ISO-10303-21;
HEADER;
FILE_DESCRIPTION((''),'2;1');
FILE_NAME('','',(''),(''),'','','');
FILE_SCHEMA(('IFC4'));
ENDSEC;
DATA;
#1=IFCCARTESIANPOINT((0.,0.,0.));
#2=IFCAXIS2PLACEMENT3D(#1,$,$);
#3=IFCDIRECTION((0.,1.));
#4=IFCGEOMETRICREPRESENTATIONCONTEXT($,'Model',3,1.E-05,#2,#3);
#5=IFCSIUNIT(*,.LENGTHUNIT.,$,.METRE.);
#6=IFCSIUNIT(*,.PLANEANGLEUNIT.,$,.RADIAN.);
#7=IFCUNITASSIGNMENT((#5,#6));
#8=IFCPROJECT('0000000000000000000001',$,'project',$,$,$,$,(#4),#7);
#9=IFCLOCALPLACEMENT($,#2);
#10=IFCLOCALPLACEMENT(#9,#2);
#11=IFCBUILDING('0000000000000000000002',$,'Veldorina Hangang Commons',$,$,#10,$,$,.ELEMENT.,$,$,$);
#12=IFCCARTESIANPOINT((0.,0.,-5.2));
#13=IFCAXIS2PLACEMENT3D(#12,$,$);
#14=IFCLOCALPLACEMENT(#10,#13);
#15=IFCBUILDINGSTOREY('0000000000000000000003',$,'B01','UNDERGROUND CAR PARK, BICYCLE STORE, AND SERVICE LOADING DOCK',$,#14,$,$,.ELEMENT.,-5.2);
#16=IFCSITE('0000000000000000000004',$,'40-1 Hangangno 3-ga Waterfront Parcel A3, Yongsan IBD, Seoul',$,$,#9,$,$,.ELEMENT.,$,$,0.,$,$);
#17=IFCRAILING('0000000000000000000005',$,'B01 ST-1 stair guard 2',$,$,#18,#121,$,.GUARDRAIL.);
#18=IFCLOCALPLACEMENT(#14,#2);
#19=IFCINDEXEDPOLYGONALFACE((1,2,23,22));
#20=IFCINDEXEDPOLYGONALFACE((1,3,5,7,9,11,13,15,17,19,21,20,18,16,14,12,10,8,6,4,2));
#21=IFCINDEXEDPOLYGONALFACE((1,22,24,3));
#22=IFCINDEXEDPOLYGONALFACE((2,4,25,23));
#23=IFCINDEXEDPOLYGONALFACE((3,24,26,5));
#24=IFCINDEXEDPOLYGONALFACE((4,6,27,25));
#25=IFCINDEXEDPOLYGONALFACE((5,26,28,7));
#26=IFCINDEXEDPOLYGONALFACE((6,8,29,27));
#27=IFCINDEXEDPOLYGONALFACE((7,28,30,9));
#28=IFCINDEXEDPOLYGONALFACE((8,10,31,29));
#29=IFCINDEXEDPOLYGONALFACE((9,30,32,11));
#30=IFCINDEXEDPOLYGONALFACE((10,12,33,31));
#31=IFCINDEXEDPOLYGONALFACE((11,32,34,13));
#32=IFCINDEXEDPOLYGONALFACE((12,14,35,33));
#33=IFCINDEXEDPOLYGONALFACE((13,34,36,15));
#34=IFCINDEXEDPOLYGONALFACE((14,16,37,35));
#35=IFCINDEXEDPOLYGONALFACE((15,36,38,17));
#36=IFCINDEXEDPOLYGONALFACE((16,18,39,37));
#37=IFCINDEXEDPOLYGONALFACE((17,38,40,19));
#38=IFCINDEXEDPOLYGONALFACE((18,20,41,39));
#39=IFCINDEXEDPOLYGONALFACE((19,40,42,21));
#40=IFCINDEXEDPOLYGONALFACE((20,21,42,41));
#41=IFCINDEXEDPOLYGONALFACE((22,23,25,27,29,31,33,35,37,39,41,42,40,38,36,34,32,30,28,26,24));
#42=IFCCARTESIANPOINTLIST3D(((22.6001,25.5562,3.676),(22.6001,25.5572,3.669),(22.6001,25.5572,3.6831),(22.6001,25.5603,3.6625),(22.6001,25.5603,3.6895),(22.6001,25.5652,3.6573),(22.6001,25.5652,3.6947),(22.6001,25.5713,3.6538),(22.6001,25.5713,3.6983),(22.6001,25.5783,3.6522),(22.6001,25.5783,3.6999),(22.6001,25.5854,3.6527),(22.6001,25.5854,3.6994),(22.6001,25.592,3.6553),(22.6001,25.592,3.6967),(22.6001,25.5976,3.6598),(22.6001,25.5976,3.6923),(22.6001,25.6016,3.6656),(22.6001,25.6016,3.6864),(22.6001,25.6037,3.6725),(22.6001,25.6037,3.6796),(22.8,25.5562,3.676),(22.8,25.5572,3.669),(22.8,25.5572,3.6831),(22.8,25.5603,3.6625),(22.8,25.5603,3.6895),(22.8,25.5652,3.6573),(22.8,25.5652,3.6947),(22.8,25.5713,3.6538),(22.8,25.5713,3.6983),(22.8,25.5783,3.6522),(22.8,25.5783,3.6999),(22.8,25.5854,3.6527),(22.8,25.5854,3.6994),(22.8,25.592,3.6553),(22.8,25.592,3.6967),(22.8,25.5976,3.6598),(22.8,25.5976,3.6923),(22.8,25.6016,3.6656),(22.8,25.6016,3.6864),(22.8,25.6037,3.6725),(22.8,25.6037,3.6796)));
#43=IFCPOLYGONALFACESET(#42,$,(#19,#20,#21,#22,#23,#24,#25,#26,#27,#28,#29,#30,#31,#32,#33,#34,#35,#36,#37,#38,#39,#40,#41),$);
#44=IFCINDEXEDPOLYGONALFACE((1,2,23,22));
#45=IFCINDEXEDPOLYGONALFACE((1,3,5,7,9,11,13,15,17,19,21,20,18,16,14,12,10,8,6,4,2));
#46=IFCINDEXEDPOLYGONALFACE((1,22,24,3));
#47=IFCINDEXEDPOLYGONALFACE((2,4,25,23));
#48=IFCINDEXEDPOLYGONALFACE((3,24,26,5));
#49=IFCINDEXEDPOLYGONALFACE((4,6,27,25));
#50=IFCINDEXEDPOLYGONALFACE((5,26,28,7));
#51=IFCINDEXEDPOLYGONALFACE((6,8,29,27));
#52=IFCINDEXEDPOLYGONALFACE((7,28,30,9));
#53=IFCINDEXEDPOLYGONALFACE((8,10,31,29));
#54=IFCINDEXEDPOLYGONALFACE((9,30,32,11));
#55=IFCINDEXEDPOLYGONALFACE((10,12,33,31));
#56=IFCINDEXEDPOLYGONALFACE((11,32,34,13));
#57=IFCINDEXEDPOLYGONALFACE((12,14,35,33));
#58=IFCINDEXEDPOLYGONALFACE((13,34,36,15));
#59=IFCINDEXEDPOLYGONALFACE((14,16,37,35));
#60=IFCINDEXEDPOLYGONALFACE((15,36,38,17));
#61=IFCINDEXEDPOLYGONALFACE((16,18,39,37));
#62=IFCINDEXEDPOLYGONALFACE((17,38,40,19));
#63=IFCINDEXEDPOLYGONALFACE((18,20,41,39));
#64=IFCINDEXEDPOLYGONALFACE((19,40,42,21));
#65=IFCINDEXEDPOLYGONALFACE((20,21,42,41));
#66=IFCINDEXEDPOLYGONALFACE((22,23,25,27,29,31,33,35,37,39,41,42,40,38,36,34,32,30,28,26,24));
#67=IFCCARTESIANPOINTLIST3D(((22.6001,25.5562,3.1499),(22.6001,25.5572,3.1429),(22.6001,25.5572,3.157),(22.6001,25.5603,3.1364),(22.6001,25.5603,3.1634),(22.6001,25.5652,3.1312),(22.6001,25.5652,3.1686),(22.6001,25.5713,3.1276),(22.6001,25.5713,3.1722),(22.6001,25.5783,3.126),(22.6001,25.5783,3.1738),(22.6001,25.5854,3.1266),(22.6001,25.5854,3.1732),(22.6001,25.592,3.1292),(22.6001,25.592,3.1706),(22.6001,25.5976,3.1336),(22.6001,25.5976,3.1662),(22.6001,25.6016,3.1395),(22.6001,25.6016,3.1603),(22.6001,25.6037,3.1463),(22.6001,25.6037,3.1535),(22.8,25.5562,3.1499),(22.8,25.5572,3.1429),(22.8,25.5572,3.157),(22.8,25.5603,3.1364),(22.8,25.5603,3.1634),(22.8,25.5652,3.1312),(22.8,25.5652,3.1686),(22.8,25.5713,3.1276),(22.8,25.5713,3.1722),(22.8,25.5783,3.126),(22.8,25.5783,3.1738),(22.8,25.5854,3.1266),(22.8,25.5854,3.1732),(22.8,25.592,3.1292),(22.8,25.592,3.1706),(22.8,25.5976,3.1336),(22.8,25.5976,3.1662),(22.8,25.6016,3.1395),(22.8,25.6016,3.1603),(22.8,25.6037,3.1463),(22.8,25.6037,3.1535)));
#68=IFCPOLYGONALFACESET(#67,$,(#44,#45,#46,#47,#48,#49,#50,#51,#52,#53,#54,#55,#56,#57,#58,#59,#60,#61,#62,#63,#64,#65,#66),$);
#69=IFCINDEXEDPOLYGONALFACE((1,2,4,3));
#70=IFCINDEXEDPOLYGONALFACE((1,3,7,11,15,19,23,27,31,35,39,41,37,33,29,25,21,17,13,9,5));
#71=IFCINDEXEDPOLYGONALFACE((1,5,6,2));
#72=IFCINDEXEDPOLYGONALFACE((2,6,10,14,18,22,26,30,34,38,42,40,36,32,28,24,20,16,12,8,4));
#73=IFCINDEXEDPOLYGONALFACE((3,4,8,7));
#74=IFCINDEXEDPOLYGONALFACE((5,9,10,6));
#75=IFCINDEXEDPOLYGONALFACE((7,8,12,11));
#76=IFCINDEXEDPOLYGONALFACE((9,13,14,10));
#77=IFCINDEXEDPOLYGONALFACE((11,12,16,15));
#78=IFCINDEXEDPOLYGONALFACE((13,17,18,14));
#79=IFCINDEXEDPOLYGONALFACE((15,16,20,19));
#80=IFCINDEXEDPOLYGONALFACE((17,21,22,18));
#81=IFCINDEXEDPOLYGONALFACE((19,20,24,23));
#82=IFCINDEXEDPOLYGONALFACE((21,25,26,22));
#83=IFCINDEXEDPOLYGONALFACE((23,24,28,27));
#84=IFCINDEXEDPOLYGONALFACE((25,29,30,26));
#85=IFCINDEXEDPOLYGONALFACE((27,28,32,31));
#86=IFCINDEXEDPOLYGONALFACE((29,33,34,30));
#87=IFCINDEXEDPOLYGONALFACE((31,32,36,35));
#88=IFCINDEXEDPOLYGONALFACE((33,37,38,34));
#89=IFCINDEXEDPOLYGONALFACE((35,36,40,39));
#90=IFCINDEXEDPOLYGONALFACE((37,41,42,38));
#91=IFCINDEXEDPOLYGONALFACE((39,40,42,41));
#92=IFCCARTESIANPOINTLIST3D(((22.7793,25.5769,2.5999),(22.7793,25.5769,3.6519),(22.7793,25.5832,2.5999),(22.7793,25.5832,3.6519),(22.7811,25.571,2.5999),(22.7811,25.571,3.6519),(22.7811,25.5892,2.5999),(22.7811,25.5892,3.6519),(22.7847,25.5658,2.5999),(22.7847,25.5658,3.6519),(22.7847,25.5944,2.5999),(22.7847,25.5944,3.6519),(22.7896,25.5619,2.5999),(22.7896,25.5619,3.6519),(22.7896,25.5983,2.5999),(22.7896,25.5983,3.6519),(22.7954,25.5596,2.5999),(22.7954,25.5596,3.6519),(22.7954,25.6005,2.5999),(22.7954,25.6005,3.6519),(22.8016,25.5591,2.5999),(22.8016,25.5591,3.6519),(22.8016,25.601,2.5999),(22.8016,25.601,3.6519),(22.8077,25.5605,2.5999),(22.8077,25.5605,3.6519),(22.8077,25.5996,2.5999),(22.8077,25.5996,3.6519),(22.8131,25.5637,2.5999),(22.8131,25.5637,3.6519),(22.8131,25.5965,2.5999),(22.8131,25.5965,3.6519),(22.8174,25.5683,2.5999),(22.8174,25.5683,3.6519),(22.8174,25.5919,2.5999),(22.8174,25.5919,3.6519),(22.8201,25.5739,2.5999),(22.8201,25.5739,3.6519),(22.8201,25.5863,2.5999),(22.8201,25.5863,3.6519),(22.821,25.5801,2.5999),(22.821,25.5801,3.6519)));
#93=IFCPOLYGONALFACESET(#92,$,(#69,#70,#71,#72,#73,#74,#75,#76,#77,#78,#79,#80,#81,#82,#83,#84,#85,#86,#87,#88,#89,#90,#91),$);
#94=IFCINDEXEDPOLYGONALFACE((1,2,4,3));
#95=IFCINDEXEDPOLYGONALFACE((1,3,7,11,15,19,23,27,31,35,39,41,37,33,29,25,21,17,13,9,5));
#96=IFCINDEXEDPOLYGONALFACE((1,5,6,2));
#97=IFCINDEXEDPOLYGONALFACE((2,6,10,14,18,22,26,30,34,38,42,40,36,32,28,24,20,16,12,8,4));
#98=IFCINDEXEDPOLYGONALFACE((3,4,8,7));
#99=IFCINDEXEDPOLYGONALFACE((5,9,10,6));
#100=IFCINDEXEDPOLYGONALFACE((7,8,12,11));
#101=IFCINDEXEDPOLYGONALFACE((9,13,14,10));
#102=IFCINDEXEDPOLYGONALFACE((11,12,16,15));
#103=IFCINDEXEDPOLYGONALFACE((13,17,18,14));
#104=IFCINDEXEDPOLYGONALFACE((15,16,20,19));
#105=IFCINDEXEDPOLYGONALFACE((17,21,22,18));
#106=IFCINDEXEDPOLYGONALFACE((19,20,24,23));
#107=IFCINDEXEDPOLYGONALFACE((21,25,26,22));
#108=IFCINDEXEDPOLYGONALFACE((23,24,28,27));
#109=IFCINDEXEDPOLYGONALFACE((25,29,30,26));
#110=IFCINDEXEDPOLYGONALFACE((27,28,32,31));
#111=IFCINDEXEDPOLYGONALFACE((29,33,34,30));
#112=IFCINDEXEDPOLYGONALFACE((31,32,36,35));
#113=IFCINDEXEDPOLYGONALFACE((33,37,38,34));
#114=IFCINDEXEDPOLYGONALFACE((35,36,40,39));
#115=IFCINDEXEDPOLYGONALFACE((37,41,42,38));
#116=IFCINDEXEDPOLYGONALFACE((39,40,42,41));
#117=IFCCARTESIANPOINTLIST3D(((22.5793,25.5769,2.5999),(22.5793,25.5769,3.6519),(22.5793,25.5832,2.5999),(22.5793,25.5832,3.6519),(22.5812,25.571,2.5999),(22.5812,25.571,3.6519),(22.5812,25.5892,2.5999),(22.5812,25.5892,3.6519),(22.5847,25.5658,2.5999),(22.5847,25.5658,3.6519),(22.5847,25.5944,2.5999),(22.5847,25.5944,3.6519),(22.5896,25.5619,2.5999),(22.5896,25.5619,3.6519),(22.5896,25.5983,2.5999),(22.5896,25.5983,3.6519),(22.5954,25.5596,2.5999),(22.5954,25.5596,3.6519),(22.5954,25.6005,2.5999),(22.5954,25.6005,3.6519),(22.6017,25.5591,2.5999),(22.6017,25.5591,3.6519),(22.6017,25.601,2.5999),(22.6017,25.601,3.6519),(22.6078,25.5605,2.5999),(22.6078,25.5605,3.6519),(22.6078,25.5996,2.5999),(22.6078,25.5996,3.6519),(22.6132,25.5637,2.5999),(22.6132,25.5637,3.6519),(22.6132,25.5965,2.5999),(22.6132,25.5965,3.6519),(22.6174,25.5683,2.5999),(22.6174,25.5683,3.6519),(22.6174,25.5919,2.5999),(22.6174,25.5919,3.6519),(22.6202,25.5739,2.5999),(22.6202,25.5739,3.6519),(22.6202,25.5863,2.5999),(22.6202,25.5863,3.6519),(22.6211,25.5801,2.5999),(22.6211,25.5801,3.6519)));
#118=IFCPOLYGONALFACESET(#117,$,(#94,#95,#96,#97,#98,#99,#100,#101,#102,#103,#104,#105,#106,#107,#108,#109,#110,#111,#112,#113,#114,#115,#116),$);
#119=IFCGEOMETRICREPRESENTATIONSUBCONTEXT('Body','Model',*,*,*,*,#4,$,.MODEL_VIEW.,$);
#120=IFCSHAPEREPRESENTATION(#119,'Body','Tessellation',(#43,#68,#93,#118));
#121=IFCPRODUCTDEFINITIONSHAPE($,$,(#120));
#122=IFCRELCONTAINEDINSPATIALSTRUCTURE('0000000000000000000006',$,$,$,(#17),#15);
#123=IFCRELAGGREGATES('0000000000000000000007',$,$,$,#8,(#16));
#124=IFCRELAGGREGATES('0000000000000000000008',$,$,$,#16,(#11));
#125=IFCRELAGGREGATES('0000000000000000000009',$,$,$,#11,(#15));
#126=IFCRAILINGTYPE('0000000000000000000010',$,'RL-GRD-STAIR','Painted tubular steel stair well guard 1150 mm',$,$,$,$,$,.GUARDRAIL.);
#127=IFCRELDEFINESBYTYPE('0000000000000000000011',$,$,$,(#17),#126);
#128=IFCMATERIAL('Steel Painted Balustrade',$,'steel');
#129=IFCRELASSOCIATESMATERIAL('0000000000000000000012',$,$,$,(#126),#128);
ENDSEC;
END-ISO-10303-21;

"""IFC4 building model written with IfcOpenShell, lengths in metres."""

from ifc_helpers import new_model, si_unit, direction, frame, origin, origin_2d, place, context, subcontext, project, spatial, circle, extrude, material, type_object, element, save


model = new_model("IFC4")

# Units and contexts
model_context = context("Model", 3, precision=1e-05, world=origin(), true_north=direction((0.0, 1.0)))
body_context = subcontext(model_context, "Body", "Model", "MODEL_VIEW")
ifc_project = project(units=[si_unit("LENGTHUNIT", "METRE"), si_unit("PLANEANGLEUNIT", "RADIAN")], contexts=[model_context])

# Site, building, storey
site_placement = place(None, origin())
site = spatial("IfcSite", under=ifc_project, at=site_placement, Name="40-1 Hangangno 3-ga Waterfront Parcel A3, Yongsan IBD, Seoul", CompositionType="ELEMENT", RefElevation=0.0)
building_placement = place(site_placement, origin())
building = spatial("IfcBuilding", under=site, at=building_placement, Name="Veldorina Hangang Commons", CompositionType="ELEMENT")
storey_placement = place(building_placement, frame((0.0, 0.0, -5.2)))
storey = spatial("IfcBuildingStorey", under=building, at=storey_placement, Name="B01", Description="UNDERGROUND CAR PARK, BICYCLE STORE, AND SERVICE LOADING DOCK", CompositionType="ELEMENT", Elevation=-5.2)

# Railing
ifc_material_1 = material(Name="Steel Painted Balustrade", Category="steel")
railing_type_1 = type_object("IfcRailingType", Name="RL-GRD-STAIR", Description="Painted tubular steel stair well guard 1150 mm", PredefinedType="GUARDRAIL", material=ifc_material_1)
railing_1_placement = place(storey_placement, frame((22.8, 25.5801, 2.5999)))
element("IfcRailing", 1, at=railing_1_placement, inside=storey, type_object=railing_type_1, Name="B01 ST-1 stair guard 2", PredefinedType="GUARDRAIL", context=body_context, shape_type="SweptSolid", body=[
    extrude(circle(Radius=0.0239, at=origin_2d()), frame((0.0, 0.0, 1.0762), z_axis=(-1.0, 0.0, 0.0), x_axis=(0.0, -1.0, 0.0)), (0.0, 0.0, 1.0), 0.2),
    extrude(circle(Radius=0.0239, at=origin_2d()), frame((0.0, 0.0, 0.55), z_axis=(-1.0, 0.0, 0.0), x_axis=(0.0, -1.0, 0.0)), (0.0, 0.0, 1.0), 0.2),
    extrude(circle(Radius=0.021, at=origin_2d()), origin(), (0.0, 0.0, 1.0), 1.052),
    extrude(circle(Radius=0.021, at=origin_2d()), frame((-0.2, 0.0, 0.0)), (0.0, 0.0, 1.0), 1.052),
])

save(model, "model.ifc")
